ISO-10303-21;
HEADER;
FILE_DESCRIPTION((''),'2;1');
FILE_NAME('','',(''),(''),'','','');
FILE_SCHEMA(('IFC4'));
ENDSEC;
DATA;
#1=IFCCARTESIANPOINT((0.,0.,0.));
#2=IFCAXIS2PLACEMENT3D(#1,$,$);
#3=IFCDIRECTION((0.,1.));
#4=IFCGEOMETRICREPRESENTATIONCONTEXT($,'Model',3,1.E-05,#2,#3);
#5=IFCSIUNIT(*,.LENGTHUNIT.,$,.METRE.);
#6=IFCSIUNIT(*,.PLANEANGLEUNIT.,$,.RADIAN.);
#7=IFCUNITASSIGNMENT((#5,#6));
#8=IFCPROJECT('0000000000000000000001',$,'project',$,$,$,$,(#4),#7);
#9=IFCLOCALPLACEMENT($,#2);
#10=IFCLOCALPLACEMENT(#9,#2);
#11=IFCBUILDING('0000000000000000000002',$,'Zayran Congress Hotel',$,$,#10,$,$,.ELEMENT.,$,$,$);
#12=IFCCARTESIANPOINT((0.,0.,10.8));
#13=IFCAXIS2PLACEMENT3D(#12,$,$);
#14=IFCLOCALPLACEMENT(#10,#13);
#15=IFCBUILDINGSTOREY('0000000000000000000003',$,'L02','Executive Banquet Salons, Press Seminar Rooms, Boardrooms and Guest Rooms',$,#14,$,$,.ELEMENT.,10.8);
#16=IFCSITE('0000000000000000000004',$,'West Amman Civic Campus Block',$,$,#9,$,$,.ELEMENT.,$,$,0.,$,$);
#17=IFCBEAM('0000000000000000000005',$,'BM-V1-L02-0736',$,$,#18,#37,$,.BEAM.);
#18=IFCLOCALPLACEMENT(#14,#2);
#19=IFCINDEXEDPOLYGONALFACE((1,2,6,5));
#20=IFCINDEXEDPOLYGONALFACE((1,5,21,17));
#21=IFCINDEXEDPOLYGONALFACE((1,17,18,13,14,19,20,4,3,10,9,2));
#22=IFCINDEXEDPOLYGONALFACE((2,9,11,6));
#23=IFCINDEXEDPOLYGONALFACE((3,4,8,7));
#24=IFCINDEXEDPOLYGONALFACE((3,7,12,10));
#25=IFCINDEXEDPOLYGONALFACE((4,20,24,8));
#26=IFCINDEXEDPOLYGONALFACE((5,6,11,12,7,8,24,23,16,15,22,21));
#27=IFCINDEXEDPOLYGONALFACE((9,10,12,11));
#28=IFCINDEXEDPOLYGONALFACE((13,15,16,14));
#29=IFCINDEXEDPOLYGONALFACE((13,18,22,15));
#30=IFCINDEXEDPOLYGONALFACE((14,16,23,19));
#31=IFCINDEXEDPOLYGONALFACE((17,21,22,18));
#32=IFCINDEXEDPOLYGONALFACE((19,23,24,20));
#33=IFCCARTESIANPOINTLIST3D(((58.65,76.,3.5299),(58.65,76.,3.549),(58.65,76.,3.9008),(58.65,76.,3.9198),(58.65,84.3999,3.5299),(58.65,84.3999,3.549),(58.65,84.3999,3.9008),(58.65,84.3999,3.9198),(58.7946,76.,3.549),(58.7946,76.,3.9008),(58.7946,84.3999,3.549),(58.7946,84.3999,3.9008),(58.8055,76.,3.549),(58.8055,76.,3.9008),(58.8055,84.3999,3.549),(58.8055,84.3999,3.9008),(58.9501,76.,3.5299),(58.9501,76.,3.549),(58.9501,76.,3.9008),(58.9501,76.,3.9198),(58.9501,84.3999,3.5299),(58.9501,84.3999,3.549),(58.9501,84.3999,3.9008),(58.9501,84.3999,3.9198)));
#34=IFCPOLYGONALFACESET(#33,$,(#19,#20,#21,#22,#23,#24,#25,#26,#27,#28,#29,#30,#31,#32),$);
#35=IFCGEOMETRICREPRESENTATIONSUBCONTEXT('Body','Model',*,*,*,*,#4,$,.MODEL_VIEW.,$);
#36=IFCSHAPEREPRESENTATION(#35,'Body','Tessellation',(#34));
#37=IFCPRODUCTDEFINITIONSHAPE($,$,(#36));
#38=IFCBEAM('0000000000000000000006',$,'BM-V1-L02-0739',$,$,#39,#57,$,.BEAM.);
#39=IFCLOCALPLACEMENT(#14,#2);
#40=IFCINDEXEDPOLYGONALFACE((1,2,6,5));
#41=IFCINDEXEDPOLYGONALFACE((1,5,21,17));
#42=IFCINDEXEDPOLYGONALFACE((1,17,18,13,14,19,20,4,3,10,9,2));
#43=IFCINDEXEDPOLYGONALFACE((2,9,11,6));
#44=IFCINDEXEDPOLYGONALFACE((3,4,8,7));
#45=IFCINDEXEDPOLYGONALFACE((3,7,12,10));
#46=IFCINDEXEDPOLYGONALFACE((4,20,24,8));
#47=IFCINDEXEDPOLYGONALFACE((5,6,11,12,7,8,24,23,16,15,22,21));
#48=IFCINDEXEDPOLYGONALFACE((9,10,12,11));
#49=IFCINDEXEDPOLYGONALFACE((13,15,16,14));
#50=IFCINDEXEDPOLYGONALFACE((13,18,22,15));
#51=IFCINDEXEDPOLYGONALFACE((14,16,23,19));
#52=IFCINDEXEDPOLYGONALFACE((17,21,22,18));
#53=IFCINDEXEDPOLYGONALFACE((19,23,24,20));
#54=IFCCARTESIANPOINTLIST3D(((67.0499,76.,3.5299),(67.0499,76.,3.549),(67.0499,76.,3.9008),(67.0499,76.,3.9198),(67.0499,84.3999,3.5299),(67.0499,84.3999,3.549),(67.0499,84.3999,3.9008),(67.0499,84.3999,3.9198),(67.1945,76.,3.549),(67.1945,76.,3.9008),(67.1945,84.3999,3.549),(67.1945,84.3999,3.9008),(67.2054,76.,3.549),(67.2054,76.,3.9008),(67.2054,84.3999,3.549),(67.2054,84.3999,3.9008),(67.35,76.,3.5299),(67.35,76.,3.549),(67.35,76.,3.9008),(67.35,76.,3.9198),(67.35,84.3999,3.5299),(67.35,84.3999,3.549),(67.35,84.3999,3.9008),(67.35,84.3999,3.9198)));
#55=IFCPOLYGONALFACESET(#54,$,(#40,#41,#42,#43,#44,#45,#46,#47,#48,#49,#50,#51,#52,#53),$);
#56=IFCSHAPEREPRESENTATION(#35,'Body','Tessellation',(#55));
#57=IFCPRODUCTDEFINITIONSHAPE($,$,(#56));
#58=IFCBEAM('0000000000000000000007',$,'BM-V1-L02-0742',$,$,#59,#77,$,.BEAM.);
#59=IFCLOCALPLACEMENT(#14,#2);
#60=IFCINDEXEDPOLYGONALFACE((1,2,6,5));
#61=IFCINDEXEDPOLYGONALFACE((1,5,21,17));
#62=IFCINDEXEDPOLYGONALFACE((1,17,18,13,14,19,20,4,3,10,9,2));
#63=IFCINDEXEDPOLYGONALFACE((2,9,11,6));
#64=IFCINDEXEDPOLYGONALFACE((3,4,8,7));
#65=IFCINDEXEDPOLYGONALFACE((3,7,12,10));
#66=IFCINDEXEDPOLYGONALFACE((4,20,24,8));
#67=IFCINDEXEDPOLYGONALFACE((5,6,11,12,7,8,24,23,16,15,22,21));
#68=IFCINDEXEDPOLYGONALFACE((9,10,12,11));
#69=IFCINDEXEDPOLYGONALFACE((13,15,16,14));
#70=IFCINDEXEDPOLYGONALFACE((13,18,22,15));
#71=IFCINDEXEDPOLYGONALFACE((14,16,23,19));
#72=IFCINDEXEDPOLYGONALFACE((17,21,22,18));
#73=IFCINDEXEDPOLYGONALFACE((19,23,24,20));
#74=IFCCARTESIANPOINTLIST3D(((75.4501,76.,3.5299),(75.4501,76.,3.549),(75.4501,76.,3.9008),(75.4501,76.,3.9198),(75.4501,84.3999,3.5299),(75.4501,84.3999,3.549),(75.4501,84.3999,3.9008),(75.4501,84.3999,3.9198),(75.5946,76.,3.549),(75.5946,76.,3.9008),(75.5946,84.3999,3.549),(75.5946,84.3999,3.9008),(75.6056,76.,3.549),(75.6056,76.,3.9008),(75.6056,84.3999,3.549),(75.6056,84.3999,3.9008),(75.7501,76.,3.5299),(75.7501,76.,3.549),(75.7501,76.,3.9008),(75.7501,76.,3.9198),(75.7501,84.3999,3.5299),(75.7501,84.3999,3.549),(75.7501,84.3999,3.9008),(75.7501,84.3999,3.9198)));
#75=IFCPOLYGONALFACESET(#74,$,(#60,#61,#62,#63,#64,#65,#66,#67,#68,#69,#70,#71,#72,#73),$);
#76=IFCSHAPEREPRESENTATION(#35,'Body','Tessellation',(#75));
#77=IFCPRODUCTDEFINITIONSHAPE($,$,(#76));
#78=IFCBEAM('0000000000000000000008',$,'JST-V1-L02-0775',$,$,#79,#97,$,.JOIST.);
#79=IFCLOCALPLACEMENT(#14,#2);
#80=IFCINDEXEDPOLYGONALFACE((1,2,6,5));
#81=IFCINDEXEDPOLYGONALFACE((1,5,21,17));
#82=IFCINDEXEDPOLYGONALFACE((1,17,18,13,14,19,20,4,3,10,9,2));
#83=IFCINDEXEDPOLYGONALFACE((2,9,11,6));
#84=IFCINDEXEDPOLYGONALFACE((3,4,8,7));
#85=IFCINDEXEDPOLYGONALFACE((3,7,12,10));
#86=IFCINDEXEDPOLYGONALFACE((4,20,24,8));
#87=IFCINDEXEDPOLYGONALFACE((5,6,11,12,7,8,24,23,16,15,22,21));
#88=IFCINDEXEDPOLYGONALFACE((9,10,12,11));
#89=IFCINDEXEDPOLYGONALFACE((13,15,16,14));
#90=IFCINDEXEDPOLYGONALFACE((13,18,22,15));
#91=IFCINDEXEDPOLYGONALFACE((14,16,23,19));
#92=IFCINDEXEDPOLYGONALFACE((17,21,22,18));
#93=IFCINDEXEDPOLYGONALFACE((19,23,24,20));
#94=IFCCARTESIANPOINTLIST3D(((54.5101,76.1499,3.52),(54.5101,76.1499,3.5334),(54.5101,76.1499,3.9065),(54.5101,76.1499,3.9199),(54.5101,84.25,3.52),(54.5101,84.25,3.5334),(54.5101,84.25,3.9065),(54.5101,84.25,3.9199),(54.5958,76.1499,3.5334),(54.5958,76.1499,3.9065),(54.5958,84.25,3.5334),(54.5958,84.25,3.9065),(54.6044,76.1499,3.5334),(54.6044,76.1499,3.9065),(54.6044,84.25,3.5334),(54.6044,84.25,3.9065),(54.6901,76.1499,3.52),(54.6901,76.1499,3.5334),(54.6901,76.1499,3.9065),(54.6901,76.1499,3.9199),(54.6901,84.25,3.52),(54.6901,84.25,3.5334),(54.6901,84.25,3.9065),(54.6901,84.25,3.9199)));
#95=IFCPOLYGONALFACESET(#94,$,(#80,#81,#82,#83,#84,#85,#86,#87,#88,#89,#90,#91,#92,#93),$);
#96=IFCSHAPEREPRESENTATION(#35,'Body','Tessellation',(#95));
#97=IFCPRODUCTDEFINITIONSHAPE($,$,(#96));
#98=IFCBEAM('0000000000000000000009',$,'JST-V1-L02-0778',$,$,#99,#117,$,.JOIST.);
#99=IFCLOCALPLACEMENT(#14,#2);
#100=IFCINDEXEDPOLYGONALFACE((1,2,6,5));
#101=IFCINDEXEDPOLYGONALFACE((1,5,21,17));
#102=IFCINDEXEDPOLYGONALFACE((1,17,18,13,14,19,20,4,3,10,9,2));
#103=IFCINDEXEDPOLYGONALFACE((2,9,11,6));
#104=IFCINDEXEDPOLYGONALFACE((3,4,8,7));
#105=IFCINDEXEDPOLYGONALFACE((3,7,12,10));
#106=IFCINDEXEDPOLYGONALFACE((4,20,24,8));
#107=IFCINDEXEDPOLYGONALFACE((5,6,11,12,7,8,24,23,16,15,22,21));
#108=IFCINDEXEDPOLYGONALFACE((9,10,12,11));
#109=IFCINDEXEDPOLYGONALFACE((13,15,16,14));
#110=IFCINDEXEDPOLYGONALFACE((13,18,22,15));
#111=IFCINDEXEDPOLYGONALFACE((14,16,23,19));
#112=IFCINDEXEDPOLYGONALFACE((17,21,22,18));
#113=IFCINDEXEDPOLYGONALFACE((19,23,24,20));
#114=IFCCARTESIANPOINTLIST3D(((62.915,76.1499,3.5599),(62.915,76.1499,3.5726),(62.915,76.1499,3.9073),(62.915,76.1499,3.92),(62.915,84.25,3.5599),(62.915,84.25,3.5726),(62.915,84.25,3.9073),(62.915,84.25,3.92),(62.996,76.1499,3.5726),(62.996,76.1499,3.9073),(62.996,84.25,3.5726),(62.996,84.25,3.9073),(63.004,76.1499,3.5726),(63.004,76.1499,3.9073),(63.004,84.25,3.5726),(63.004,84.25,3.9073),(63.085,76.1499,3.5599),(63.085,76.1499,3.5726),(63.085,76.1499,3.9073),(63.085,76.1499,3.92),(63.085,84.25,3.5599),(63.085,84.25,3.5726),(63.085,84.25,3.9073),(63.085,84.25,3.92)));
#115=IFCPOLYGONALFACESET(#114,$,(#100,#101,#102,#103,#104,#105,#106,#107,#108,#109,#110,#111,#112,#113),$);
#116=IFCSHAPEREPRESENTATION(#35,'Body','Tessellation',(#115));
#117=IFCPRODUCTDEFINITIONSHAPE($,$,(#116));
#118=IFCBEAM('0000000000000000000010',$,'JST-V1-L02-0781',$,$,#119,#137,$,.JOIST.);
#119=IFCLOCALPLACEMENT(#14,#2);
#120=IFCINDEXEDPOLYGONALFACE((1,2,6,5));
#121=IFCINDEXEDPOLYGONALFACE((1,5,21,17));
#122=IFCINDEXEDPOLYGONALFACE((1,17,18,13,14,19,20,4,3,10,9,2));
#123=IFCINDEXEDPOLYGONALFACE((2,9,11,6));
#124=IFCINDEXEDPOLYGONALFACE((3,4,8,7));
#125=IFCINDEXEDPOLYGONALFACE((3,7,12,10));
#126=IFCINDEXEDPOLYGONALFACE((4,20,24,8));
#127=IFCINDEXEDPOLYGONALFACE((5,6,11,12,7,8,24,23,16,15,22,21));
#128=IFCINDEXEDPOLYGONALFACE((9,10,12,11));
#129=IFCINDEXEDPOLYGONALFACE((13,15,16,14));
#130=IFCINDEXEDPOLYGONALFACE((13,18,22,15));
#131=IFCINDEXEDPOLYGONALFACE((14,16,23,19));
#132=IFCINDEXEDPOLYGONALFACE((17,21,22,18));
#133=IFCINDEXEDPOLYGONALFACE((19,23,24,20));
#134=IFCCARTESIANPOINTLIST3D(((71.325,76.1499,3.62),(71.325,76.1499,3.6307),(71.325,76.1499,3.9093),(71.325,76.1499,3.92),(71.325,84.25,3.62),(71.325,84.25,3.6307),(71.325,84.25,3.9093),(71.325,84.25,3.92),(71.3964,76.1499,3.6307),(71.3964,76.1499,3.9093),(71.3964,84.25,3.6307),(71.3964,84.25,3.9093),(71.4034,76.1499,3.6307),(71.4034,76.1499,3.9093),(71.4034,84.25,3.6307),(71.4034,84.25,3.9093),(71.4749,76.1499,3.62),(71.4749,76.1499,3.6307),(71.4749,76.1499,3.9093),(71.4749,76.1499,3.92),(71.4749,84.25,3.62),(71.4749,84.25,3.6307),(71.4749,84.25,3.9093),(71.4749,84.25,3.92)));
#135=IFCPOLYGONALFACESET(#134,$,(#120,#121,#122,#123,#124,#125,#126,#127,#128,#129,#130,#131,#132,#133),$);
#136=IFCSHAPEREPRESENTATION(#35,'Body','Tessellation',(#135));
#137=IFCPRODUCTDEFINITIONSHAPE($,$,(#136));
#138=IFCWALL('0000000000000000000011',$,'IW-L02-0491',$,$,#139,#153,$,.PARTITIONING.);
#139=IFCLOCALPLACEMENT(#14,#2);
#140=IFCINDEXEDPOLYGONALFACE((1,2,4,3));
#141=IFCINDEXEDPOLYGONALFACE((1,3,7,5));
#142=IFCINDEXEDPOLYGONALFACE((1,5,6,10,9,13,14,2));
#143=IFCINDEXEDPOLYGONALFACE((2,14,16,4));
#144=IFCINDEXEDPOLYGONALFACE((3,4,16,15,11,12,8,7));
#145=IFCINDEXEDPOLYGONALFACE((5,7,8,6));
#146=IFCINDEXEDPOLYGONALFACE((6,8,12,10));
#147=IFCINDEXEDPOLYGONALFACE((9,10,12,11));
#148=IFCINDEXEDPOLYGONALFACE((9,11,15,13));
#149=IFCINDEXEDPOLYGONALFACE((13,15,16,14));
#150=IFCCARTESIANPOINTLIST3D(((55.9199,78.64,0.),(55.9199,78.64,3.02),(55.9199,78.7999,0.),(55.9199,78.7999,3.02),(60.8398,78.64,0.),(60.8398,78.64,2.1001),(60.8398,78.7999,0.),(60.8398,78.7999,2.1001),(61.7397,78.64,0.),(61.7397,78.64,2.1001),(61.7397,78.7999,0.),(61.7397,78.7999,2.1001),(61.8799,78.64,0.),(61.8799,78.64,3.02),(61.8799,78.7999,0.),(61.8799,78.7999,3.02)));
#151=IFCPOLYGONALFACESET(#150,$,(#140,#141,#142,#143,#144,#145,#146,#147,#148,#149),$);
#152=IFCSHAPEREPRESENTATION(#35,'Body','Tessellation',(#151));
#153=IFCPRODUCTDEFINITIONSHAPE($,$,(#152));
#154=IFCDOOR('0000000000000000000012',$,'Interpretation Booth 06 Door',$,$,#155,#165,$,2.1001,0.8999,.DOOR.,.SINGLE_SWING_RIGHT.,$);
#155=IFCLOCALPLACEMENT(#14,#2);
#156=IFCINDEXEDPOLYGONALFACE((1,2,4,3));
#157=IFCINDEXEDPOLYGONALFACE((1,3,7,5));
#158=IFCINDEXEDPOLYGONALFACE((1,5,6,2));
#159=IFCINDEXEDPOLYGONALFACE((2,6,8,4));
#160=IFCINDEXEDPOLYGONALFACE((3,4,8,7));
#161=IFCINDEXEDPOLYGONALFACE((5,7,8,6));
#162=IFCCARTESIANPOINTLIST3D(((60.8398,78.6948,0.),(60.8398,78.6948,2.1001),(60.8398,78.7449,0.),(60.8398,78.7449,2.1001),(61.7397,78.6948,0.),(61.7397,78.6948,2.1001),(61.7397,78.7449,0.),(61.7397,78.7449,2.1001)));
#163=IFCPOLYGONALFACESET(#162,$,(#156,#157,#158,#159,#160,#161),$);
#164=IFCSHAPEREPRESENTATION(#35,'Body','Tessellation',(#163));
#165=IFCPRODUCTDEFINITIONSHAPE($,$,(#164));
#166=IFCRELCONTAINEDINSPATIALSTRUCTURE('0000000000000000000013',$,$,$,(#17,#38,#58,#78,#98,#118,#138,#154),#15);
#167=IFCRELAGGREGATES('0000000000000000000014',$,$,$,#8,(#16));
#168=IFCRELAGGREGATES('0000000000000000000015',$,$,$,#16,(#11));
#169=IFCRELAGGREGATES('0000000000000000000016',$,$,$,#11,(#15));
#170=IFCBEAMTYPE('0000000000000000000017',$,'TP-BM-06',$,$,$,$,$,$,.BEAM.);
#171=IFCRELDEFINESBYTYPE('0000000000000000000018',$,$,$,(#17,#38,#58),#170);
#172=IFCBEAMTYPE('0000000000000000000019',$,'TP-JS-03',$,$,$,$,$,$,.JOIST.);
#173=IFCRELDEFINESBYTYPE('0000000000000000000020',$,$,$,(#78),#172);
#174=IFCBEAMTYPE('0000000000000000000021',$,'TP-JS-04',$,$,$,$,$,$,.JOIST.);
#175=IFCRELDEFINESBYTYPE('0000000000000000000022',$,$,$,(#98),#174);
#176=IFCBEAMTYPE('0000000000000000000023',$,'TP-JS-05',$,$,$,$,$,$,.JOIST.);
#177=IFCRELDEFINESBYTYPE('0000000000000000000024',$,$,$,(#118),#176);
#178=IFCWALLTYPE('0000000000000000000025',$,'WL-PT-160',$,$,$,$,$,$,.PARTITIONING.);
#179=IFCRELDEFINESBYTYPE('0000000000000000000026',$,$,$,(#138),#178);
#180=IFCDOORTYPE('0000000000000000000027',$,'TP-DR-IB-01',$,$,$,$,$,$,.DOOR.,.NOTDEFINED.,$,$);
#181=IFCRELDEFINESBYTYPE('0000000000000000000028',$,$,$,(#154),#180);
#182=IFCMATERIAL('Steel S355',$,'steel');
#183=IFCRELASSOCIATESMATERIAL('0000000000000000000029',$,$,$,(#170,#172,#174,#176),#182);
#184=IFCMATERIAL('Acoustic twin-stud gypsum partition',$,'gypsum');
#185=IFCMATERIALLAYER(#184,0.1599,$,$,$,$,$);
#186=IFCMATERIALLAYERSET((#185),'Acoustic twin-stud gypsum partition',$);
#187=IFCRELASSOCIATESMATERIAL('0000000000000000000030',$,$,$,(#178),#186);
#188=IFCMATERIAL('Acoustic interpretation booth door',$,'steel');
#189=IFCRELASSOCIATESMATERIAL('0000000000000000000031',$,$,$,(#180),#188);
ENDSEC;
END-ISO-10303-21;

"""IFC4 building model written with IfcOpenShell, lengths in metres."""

from ifc_helpers import new_model, si_unit, direction, frame, frame_2d, origin, origin_2d, place, context, subcontext, project, spatial, rectangle, i_section, extrude, material, layer, layer_set, material_profile, profile_set, type_object, element, fill, save


model = new_model("IFC4")

# Units and contexts
model_context = context("Model", 3, precision=1e-05, world=origin(), true_north=direction((0.0, 1.0)))
body_context = subcontext(model_context, "Body", "Model", "MODEL_VIEW")
ifc_project = project(units=[si_unit("LENGTHUNIT", "METRE"), si_unit("PLANEANGLEUNIT", "RADIAN")], contexts=[model_context])

# Site, building, storey
site_placement = place(None, origin())
site = spatial("IfcSite", under=ifc_project, at=site_placement, Name="West Amman Civic Campus Block", CompositionType="ELEMENT", RefElevation=0.0)
building_placement = place(site_placement, origin())
building = spatial("IfcBuilding", under=site, at=building_placement, Name="Zayran Congress Hotel", CompositionType="ELEMENT")
storey_placement = place(building_placement, frame((0.0, 0.0, 10.8)))
storey = spatial("IfcBuildingStorey", under=building, at=storey_placement, Name="L02", Description="Executive Banquet Salons, Press Seminar Rooms, Boardrooms and Guest Rooms", CompositionType="ELEMENT", Elevation=10.8)

# Shared definitions
ifc_material_1 = material(Name="Steel S355", Category="steel")

# Beams
ifc_material_profile_1 = material_profile(ifc_material_1, i_section(OverallWidth=0.3, OverallDepth=0.3899, WebThickness=0.011, FlangeThickness=0.019, at=origin_2d()), Name="HEA 400")
ifc_profile_set_1 = profile_set([ifc_material_profile_1], Name="Steel S355")
beam_type_1 = type_object("IfcBeamType", Name="TP-BM-06", PredefinedType="BEAM", material=ifc_profile_set_1)
for number, where, z_axis, x_axis, name in (
    (1, (58.8, 76.0, 3.7249), (0.0, 1.0, 0.0), (-1.0, 0.0, 0.0), "BM-V1-L02-0736"),
    (2, (67.2, 76.0, 3.7249), (0.0, 1.0, 0.0), (-1.0, 0.0, 0.0), "BM-V1-L02-0739"),
    (3, (75.6001, 76.0, 3.7249), (0.0, 1.0, 0.0), (-1.0, 0.0, 0.0), "BM-V1-L02-0742"),
):
    element("IfcBeam", number, at=place(storey_placement, frame(where, z_axis=z_axis, x_axis=x_axis)), inside=storey, type_object=beam_type_1, Name=name, PredefinedType="BEAM", context=body_context, shape_type="SweptSolid", body=[
        extrude(i_section(OverallWidth=0.3, OverallDepth=0.3899, WebThickness=0.011, FlangeThickness=0.019, at=origin_2d()), origin(), (0.0, 0.0, 1.0), 8.3999),
    ])
ifc_material_profile_2 = material_profile(ifc_material_1, i_section(OverallWidth=0.1799, OverallDepth=0.3999, WebThickness=0.0085, FlangeThickness=0.0134, at=origin_2d()), Name="IPE 400")
ifc_profile_set_2 = profile_set([ifc_material_profile_2], Name="Steel S355")
beam_type_2 = type_object("IfcBeamType", Name="TP-JS-03", PredefinedType="JOIST", material=ifc_profile_set_2)
beam_1_placement = place(storey_placement, frame((54.6001, 76.1499, 3.72), z_axis=(0.0, 1.0, 0.0), x_axis=(-1.0, 0.0, 0.0)))
element("IfcBeam", 4, at=beam_1_placement, inside=storey, type_object=beam_type_2, Name="JST-V1-L02-0775", PredefinedType="JOIST", context=body_context, shape_type="SweptSolid", body=[
    extrude(i_section(OverallWidth=0.1799, OverallDepth=0.3999, WebThickness=0.0085, FlangeThickness=0.0134, at=origin_2d()), origin(), (0.0, 0.0, 1.0), 8.1001),
])
ifc_material_profile_3 = material_profile(ifc_material_1, i_section(OverallWidth=0.1699, OverallDepth=0.3601, WebThickness=0.0081, FlangeThickness=0.0127, at=origin_2d()), Name="IPE 360")
ifc_profile_set_3 = profile_set([ifc_material_profile_3], Name="Steel S355")
beam_type_3 = type_object("IfcBeamType", Name="TP-JS-04", PredefinedType="JOIST", material=ifc_profile_set_3)
beam_2_placement = place(storey_placement, frame((63.0, 76.1499, 3.74), z_axis=(0.0, 1.0, 0.0), x_axis=(-1.0, 0.0, 0.0)))
element("IfcBeam", 5, at=beam_2_placement, inside=storey, type_object=beam_type_3, Name="JST-V1-L02-0778", PredefinedType="JOIST", context=body_context, shape_type="SweptSolid", body=[
    extrude(i_section(OverallWidth=0.1699, OverallDepth=0.3601, WebThickness=0.0081, FlangeThickness=0.0127, at=origin_2d()), origin(), (0.0, 0.0, 1.0), 8.1001),
])
ifc_material_profile_4 = material_profile(ifc_material_1, i_section(OverallWidth=0.1499, OverallDepth=0.3, WebThickness=0.0071, FlangeThickness=0.0107, at=origin_2d()), Name="IPE 300")
ifc_profile_set_4 = profile_set([ifc_material_profile_4], Name="Steel S355")
beam_type_4 = type_object("IfcBeamType", Name="TP-JS-05", PredefinedType="JOIST", material=ifc_profile_set_4)
beam_3_placement = place(storey_placement, frame((71.3999, 76.1499, 3.77), z_axis=(0.0, 1.0, 0.0), x_axis=(-1.0, 0.0, 0.0)))
element("IfcBeam", 6, at=beam_3_placement, inside=storey, type_object=beam_type_4, Name="JST-V1-L02-0781", PredefinedType="JOIST", context=body_context, shape_type="SweptSolid", body=[
    extrude(i_section(OverallWidth=0.1499, OverallDepth=0.3, WebThickness=0.0071, FlangeThickness=0.0107, at=origin_2d()), origin(), (0.0, 0.0, 1.0), 8.1001),
])

# Wall, opening, door
ifc_material_2 = material(Name="Acoustic twin-stud gypsum partition", Category="gypsum")
ifc_layer = layer(ifc_material_2, 0.1599)
ifc_layer_set = layer_set([ifc_layer], Name="Acoustic twin-stud gypsum partition")
wall_type = type_object("IfcWallType", Name="WL-PT-160", PredefinedType="PARTITIONING", material=ifc_layer_set)
wall_1_placement = place(storey_placement, frame((55.9199, 78.72, 0.0), z_axis=(0.0, 0.0, 1.0), x_axis=(1.0, 0.0, 0.0)))
wall_1 = element("IfcWall", 7, at=wall_1_placement, inside=storey, type_object=wall_type, Name="IW-L02-0491", PredefinedType="PARTITIONING", context=body_context, shape_type="SweptSolid", body=[
    extrude(rectangle(XDim=5.96, YDim=0.1599, at=frame_2d((2.98, 0.0))), origin(), (0.0, 0.0, 1.0), 3.02),
])
opening_1_placement = place(wall_1_placement, frame((4.9199, 0.0, 0.0)))
opening_1 = element("IfcOpeningElement", 8, at=opening_1_placement, cuts=wall_1, PredefinedType="OPENING", context=body_context, shape_type="SweptSolid", body=[
    extrude(rectangle(XDim=0.8999, YDim=2.1001, at=frame_2d((0.45, 1.05))), frame((0.0, 0.0898, 0.0), z_axis=(0.0, -1.0, 0.0), x_axis=(1.0, 0.0, 0.0)), (0.0, 0.0, 1.0), 0.1799),
])
ifc_material_3 = material(Name="Acoustic interpretation booth door", Category="steel")
door_type = type_object("IfcDoorType", Name="TP-DR-IB-01", OperationType="NOTDEFINED", PredefinedType="DOOR", material=ifc_material_3)
door_1_placement = place(opening_1_placement, origin())
door_1 = element("IfcDoor", 9, at=door_1_placement, inside=storey, type_object=door_type, Name="Interpretation Booth 06 Door", OperationType="SINGLE_SWING_RIGHT", OverallHeight=2.1001, OverallWidth=0.8999, PredefinedType="DOOR", context=body_context, shape_type="SweptSolid", body=[
    extrude(rectangle(XDim=0.8999, YDim=2.1001, at=frame_2d((0.45, 1.05))), frame((0.0, 0.0249, 0.0), z_axis=(0.0, -1.0, 0.0), x_axis=(1.0, 0.0, 0.0)), (0.0, 0.0, 1.0), 0.05),
])
fill(opening_1, door_1)

save(model, "model.ifc")
